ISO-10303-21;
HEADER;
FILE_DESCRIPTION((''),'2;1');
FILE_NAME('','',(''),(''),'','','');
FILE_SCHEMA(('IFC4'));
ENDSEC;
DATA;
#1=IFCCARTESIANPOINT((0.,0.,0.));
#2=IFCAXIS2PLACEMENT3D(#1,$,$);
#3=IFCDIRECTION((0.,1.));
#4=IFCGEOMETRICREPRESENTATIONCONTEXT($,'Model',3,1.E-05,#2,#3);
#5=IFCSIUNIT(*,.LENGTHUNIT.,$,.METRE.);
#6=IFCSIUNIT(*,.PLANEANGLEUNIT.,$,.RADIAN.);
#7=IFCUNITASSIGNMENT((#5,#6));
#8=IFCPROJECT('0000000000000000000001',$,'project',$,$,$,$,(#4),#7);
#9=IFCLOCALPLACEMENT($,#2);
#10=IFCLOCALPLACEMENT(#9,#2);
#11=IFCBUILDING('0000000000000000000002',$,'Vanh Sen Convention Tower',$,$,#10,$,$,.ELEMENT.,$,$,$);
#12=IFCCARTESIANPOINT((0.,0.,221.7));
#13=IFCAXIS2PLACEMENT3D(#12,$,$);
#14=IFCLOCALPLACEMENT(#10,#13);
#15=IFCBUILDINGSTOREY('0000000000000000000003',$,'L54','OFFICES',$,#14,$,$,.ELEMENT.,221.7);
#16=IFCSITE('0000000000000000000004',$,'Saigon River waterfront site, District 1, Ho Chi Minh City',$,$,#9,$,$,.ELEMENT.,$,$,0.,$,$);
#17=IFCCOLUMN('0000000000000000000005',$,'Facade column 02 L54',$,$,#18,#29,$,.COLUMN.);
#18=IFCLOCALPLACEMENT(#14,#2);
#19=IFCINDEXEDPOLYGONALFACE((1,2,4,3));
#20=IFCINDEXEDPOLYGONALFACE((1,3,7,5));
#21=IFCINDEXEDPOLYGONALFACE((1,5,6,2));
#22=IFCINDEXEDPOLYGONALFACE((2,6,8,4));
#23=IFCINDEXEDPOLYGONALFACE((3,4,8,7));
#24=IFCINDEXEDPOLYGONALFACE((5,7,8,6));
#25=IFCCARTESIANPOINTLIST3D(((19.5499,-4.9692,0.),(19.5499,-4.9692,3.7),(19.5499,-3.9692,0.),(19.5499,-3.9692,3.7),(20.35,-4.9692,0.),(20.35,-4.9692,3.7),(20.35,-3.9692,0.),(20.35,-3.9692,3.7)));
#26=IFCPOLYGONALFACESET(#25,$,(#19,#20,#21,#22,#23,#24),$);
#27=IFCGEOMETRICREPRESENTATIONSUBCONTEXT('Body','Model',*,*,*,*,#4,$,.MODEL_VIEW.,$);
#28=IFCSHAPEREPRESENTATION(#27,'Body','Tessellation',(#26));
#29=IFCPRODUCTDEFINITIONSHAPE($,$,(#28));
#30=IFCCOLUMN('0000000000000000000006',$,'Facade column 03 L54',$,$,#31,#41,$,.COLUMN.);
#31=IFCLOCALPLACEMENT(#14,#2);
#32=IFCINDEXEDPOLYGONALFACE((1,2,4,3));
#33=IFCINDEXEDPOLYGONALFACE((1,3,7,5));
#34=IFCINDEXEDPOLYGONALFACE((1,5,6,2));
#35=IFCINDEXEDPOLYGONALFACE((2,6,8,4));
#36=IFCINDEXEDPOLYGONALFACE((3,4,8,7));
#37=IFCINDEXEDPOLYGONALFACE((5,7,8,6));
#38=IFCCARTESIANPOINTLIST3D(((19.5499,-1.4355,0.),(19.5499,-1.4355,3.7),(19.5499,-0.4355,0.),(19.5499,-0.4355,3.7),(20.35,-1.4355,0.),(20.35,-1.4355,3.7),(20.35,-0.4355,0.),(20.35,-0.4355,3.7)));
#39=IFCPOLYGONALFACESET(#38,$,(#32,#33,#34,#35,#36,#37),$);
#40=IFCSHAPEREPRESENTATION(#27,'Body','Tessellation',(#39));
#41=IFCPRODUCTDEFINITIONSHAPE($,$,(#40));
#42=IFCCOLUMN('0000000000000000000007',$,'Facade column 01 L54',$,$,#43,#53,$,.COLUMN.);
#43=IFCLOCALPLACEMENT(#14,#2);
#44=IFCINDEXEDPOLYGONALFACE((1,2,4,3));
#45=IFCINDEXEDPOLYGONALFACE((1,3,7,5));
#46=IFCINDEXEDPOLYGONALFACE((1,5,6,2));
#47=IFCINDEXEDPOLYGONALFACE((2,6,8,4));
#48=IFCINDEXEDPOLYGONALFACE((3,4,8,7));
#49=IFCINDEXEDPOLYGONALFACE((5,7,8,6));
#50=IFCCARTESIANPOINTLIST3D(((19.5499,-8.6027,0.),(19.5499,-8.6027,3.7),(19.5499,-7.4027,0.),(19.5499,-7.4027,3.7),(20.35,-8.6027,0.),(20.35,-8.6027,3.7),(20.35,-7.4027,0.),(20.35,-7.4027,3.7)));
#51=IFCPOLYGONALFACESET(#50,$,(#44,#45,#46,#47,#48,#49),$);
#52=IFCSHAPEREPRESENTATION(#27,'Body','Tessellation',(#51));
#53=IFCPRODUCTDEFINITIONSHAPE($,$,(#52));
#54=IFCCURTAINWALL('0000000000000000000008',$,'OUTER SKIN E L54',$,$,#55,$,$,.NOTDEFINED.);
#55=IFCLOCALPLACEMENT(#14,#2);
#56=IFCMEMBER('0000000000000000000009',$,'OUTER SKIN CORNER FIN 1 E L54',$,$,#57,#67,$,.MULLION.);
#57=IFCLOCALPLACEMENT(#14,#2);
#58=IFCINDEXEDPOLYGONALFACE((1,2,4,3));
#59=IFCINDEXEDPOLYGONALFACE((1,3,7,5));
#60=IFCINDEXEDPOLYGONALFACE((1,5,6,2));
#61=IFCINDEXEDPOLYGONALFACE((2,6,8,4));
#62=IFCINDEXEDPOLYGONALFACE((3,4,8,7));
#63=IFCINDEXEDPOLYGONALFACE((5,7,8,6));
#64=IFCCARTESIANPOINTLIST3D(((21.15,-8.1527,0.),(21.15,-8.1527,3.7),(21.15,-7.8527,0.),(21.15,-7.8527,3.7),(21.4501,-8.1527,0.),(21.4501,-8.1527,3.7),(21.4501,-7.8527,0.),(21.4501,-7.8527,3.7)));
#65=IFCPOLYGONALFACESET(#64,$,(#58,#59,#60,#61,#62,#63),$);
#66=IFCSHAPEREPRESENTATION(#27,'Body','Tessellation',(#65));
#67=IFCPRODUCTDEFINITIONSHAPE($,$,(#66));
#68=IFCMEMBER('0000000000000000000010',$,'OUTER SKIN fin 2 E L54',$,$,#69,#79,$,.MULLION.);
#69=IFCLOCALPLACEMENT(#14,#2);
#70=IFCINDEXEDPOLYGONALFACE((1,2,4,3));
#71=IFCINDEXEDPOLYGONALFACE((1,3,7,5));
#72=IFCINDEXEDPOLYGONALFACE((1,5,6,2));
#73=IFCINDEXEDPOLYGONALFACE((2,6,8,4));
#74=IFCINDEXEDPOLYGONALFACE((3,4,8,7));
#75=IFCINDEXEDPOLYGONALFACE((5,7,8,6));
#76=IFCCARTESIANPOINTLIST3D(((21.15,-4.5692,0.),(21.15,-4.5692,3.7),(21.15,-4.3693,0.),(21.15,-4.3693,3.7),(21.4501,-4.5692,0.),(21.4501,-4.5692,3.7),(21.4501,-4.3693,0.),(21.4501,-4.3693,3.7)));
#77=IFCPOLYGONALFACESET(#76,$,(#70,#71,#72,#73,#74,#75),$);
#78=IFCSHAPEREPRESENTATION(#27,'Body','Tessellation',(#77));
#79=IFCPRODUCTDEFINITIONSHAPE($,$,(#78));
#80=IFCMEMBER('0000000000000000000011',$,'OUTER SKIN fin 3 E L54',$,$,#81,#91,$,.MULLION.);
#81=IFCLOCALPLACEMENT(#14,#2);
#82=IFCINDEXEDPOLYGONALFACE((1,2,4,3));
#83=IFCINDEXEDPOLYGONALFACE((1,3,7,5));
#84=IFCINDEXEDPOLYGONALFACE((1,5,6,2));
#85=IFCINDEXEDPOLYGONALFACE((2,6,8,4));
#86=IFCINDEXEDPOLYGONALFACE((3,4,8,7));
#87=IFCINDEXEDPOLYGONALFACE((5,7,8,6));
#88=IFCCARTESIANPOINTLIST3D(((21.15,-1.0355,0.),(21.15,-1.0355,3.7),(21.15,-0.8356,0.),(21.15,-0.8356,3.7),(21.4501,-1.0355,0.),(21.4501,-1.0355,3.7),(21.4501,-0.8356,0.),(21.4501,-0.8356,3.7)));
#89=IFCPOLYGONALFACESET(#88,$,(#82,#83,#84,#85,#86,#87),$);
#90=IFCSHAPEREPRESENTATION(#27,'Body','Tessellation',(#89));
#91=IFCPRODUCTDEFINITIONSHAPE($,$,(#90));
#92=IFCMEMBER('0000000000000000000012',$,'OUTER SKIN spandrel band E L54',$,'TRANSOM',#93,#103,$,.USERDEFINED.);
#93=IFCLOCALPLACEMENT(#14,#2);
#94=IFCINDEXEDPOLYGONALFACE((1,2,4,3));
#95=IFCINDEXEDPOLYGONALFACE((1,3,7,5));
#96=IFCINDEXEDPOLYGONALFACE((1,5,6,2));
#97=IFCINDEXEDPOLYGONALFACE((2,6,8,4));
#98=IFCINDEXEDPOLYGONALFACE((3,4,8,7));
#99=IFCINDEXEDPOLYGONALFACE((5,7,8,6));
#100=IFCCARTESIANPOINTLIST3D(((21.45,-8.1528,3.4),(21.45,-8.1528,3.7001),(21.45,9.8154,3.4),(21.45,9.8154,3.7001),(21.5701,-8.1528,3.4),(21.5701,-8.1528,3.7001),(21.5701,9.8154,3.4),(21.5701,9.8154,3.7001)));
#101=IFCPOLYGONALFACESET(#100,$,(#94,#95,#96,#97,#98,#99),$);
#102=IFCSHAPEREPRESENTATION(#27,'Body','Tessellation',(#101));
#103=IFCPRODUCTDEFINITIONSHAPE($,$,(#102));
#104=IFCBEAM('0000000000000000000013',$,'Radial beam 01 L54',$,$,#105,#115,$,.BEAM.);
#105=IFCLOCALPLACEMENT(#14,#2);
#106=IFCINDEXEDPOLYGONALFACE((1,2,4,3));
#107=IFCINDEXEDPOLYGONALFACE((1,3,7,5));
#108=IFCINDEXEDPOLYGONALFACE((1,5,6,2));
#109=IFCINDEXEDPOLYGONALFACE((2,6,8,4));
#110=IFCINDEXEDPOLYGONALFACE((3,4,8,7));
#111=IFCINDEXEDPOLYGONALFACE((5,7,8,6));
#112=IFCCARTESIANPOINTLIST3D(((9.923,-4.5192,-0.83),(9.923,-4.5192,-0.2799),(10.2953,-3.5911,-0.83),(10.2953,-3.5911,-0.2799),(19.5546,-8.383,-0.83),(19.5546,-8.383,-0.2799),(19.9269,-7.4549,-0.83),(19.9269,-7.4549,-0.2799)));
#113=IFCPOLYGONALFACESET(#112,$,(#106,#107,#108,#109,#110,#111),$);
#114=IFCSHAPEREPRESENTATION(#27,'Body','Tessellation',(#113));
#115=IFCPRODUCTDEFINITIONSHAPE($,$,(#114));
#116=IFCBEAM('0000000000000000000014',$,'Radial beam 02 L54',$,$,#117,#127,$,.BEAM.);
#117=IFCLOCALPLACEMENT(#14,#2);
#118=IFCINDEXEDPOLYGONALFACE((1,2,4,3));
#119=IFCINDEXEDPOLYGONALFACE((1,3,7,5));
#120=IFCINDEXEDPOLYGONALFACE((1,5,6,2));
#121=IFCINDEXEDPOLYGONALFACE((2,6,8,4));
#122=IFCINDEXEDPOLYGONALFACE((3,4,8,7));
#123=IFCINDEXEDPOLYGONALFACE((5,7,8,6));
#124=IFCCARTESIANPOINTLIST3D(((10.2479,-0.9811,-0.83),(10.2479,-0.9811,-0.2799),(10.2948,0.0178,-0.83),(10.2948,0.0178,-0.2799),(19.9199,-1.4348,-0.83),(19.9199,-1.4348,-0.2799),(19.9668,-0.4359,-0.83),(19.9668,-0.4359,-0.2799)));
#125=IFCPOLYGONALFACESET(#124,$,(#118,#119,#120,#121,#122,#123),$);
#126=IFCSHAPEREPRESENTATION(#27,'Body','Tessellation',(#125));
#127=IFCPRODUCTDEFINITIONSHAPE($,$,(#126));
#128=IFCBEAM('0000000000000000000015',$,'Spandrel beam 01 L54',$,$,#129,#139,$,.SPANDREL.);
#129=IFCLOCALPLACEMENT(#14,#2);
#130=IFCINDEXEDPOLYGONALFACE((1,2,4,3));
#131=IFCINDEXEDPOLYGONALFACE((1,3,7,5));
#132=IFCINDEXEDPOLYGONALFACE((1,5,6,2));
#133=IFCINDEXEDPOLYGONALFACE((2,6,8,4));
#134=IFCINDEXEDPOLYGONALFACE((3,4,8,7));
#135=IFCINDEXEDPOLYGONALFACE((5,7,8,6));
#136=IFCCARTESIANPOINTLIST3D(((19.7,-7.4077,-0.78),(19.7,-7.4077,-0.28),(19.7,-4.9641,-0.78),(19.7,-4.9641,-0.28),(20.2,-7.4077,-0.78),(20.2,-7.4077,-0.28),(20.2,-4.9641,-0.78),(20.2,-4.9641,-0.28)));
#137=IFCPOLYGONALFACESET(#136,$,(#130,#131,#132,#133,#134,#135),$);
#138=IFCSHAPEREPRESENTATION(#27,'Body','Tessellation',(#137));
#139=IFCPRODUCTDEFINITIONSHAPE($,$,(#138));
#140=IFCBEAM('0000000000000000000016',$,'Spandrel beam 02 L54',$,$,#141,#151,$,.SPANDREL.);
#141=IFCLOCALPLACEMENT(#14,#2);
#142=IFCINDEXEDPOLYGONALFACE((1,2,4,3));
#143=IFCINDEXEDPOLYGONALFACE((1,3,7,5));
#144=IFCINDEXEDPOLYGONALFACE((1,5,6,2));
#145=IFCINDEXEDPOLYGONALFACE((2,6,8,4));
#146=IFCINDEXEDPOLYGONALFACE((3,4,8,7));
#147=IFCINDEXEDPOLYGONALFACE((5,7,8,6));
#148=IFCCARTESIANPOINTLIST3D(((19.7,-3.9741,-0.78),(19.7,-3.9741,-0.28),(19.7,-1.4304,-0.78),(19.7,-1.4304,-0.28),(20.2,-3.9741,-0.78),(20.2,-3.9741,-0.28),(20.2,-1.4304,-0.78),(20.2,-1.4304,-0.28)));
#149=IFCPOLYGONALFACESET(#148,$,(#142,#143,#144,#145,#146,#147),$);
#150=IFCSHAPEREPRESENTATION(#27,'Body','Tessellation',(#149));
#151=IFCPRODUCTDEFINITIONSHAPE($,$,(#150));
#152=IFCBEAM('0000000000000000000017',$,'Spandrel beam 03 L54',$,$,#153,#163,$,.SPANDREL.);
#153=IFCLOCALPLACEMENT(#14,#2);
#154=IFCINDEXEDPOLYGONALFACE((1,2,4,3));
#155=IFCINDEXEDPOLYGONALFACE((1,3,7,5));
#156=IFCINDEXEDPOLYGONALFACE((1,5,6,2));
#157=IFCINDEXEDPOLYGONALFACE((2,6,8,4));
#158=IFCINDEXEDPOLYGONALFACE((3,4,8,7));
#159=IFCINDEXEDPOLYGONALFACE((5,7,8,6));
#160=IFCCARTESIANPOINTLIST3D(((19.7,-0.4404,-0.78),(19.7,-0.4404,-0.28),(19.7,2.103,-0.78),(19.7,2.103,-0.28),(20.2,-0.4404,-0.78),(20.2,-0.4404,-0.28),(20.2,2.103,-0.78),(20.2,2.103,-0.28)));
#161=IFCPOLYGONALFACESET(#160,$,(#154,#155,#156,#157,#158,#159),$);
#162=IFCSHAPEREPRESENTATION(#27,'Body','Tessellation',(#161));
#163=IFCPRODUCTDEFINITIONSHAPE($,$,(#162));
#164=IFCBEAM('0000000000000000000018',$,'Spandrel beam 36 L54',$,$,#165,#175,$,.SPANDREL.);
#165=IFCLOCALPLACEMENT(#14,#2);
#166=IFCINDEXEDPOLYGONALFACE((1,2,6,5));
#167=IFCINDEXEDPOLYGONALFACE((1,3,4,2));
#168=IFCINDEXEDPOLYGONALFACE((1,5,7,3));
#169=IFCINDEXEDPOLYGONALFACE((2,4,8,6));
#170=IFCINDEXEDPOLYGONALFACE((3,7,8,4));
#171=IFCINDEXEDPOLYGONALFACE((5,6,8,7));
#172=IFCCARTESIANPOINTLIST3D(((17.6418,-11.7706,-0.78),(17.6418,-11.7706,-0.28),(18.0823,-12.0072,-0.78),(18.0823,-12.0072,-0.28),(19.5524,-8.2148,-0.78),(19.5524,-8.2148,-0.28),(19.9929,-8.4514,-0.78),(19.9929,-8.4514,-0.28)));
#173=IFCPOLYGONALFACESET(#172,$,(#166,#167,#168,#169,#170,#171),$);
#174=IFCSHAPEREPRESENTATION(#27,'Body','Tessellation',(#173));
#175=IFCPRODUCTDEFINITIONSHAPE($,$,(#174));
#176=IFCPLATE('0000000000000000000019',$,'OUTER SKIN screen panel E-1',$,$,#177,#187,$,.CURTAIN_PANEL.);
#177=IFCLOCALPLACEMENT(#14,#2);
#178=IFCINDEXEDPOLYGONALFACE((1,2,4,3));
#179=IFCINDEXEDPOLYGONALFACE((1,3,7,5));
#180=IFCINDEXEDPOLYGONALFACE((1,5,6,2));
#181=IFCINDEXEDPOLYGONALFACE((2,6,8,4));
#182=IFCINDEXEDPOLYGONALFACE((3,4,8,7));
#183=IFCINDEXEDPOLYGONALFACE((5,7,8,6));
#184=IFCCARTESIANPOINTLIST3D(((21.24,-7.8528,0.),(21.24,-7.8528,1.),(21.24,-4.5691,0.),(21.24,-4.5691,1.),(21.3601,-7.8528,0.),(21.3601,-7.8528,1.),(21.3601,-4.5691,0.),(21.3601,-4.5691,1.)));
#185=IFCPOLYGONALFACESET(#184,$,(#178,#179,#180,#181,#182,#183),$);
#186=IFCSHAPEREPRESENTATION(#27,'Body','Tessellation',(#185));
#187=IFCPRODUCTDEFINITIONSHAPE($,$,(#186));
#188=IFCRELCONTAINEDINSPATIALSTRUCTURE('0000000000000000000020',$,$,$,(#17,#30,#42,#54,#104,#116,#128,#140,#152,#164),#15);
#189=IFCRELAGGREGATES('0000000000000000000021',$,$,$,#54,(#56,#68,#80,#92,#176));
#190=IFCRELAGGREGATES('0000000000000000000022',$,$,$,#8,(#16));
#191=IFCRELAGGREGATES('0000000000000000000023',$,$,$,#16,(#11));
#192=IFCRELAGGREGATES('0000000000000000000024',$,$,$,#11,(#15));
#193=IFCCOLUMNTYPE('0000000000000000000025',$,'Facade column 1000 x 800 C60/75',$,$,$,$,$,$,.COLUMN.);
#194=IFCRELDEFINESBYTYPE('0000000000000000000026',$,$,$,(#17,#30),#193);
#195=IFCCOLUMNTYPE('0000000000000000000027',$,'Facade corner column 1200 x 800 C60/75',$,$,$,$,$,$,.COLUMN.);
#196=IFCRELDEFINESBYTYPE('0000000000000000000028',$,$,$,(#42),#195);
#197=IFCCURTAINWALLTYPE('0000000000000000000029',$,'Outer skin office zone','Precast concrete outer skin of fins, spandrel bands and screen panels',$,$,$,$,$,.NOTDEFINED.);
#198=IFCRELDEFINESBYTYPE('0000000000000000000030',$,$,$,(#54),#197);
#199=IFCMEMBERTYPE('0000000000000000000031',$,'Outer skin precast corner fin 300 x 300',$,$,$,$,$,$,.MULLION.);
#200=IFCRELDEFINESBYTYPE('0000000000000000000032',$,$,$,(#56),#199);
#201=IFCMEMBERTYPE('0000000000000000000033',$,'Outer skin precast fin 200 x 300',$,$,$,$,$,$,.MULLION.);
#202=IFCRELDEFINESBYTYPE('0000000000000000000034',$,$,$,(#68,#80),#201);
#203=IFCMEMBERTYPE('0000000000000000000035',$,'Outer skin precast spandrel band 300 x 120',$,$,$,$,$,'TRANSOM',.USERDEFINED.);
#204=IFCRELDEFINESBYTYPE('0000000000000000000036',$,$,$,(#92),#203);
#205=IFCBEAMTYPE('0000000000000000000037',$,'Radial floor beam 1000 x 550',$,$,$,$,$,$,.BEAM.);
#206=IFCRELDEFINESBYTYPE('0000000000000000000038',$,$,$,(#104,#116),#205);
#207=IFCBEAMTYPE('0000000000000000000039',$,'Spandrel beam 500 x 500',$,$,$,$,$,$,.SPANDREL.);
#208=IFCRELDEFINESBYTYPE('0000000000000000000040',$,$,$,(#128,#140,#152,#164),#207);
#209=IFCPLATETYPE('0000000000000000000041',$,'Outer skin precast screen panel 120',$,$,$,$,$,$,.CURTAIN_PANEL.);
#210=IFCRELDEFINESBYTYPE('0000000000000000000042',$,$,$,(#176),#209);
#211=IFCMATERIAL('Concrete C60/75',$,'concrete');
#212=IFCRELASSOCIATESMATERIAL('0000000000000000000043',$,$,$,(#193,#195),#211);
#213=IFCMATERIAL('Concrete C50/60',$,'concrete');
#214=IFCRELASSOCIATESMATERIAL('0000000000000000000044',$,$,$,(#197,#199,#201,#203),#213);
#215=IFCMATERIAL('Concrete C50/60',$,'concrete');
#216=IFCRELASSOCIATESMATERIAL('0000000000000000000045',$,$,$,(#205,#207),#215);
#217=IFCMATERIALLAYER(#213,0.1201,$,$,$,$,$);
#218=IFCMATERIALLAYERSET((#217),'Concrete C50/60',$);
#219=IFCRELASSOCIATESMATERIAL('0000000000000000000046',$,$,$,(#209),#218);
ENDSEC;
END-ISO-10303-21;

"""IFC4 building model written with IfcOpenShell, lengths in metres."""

from ifc_helpers import new_model, si_unit, direction, frame, origin, origin_2d, place, context, subcontext, project, spatial, rectangle, extrude, material, layer, layer_set, material_profile, profile_set, type_object, element, aggregate, save


model = new_model("IFC4")

# Units and contexts
model_context = context("Model", 3, precision=1e-05, world=origin(), true_north=direction((0.0, 1.0)))
body_context = subcontext(model_context, "Body", "Model", "MODEL_VIEW")
ifc_project = project(units=[si_unit("LENGTHUNIT", "METRE"), si_unit("PLANEANGLEUNIT", "RADIAN")], contexts=[model_context])

# Site, building, storey
site_placement = place(None, origin())
site = spatial("IfcSite", under=ifc_project, at=site_placement, Name="Saigon River waterfront site, District 1, Ho Chi Minh City", CompositionType="ELEMENT", RefElevation=0.0)
building_placement = place(site_placement, origin())
building = spatial("IfcBuilding", under=site, at=building_placement, Name="Vanh Sen Convention Tower", CompositionType="ELEMENT")
storey_placement = place(building_placement, frame((0.0, 0.0, 221.7)))
storey = spatial("IfcBuildingStorey", under=building, at=storey_placement, Name="L54", Description="OFFICES", CompositionType="ELEMENT", Elevation=221.7)

# Columns
ifc_material_1 = material(Name="Concrete C60/75", Category="concrete")
ifc_material_profile_1 = material_profile(ifc_material_1, rectangle(XDim=1.0, YDim=0.8, at=origin_2d()), Name="RC 1000X800")
ifc_profile_set_1 = profile_set([ifc_material_profile_1], Name="Concrete C60/75")
column_type_1 = type_object("IfcColumnType", Name="Facade column 1000 x 800 C60/75", PredefinedType="COLUMN", material=ifc_profile_set_1)
for number, where, z_axis, x_axis, name in (
    (1, (19.95, -4.4692, 0.0), (0.0, 0.0, 1.0), (0.0, 1.0, 0.0), "Facade column 02 L54"),
    (2, (19.95, -0.9355, 0.0), (0.0, 0.0, 1.0), (0.0, 1.0, 0.0), "Facade column 03 L54"),
):
    element("IfcColumn", number, at=place(storey_placement, frame(where, z_axis=z_axis, x_axis=x_axis)), inside=storey, type_object=column_type_1, Name=name, PredefinedType="COLUMN", context=body_context, shape_type="SweptSolid", body=[
        extrude(rectangle(XDim=1.0, YDim=0.8, at=origin_2d()), origin(), (0.0, 0.0, 1.0), 3.7),
    ])
ifc_material_profile_2 = material_profile(ifc_material_1, rectangle(XDim=1.2, YDim=0.8, at=origin_2d()), Name="RC 1200X800")
ifc_profile_set_2 = profile_set([ifc_material_profile_2], Name="Concrete C60/75")
column_type_2 = type_object("IfcColumnType", Name="Facade corner column 1200 x 800 C60/75", PredefinedType="COLUMN", material=ifc_profile_set_2)
column_placement = place(storey_placement, frame((19.95, -8.0027, 0.0), z_axis=(0.0, 0.0, 1.0), x_axis=(0.0, 1.0, 0.0)))
element("IfcColumn", 3, at=column_placement, inside=storey, type_object=column_type_2, Name="Facade column 01 L54", PredefinedType="COLUMN", context=body_context, shape_type="SweptSolid", body=[
    extrude(rectangle(XDim=1.2, YDim=0.8, at=origin_2d()), origin(), (0.0, 0.0, 1.0), 3.7),
])

# Curtain wall, members
ifc_material_2 = material(Name="Concrete C50/60", Category="concrete")
curtain_wall_type = type_object("IfcCurtainWallType", Name="Outer skin office zone", Description="Precast concrete outer skin of fins, spandrel bands and screen panels", PredefinedType="NOTDEFINED", material=ifc_material_2)
curtain_wall_1_placement = place(storey_placement, origin())
curtain_wall_1 = element("IfcCurtainWall", 4, at=curtain_wall_1_placement, inside=storey, type_object=curtain_wall_type, Name="OUTER SKIN E L54", PredefinedType="NOTDEFINED")
ifc_material_profile_3 = material_profile(ifc_material_2, rectangle(XDim=0.3, YDim=0.3, at=origin_2d()), Name="Outer skin precast corner fin 300 x 300")
ifc_profile_set_3 = profile_set([ifc_material_profile_3], Name="Concrete C50/60")
member_type_1 = type_object("IfcMemberType", Name="Outer skin precast corner fin 300 x 300", PredefinedType="MULLION", material=ifc_profile_set_3)
member_1_placement = place(storey_placement, frame((21.3, -8.0027, 0.0), z_axis=(0.0, 0.0, 1.0), x_axis=(0.0, 1.0, 0.0)))
member_1 = element("IfcMember", 5, at=member_1_placement, type_object=member_type_1, Name="OUTER SKIN CORNER FIN 1 E L54", PredefinedType="MULLION", context=body_context, shape_type="SweptSolid", body=[
    extrude(rectangle(XDim=0.3, YDim=0.3, at=origin_2d()), origin(), (0.0, 0.0, 1.0), 3.7),
])
ifc_material_profile_4 = material_profile(ifc_material_2, rectangle(XDim=0.2, YDim=0.3, at=origin_2d()), Name="Outer skin precast fin 200 x 300")
ifc_profile_set_4 = profile_set([ifc_material_profile_4], Name="Concrete C50/60")
member_type_2 = type_object("IfcMemberType", Name="Outer skin precast fin 200 x 300", PredefinedType="MULLION", material=ifc_profile_set_4)
member_2_placement = place(storey_placement, frame((21.3, -4.4692, 0.0), z_axis=(0.0, 0.0, 1.0), x_axis=(0.0, 1.0, 0.0)))
member_2 = element("IfcMember", 6, at=member_2_placement, type_object=member_type_2, Name="OUTER SKIN fin 2 E L54", PredefinedType="MULLION", context=body_context, shape_type="SweptSolid", body=[
    extrude(rectangle(XDim=0.2, YDim=0.3, at=origin_2d()), origin(), (0.0, 0.0, 1.0), 3.7),
])
member_3_placement = place(storey_placement, frame((21.3, -0.9355, 0.0), z_axis=(0.0, 0.0, 1.0), x_axis=(0.0, 1.0, 0.0)))
member_3 = element("IfcMember", 7, at=member_3_placement, type_object=member_type_2, Name="OUTER SKIN fin 3 E L54", PredefinedType="MULLION", context=body_context, shape_type="SweptSolid", body=[
    extrude(rectangle(XDim=0.2, YDim=0.3, at=origin_2d()), origin(), (0.0, 0.0, 1.0), 3.7),
])
ifc_material_profile_5 = material_profile(ifc_material_2, rectangle(XDim=0.1201, YDim=0.3, at=origin_2d()), Name="Outer skin precast spandrel band 300 x 120")
ifc_profile_set_5 = profile_set([ifc_material_profile_5], Name="Concrete C50/60")
member_type_3 = type_object("IfcMemberType", Name="Outer skin precast spandrel band 300 x 120", ElementType="TRANSOM", PredefinedType="USERDEFINED", material=ifc_profile_set_5)
member_4_placement = place(storey_placement, frame((21.51, -8.1528, 3.55), z_axis=(0.0, 1.0, 0.0), x_axis=(-1.0, 0.0, 0.0)))
member_4 = element("IfcMember", 8, at=member_4_placement, type_object=member_type_3, Name="OUTER SKIN spandrel band E L54", ObjectType="TRANSOM", PredefinedType="USERDEFINED", context=body_context, shape_type="SweptSolid", body=[
    extrude(rectangle(XDim=0.1201, YDim=0.3, at=origin_2d()), origin(), (0.0, 0.0, 1.0), 17.9683),
])

# Beams
ifc_material_3 = material(Name="Concrete C50/60", Category="concrete")
ifc_material_profile_6 = material_profile(ifc_material_3, rectangle(XDim=1.0, YDim=0.55, at=origin_2d()), Name="RC 1000X550")
ifc_profile_set_6 = profile_set([ifc_material_profile_6], Name="Concrete C50/60")
beam_type_1 = type_object("IfcBeamType", Name="Radial floor beam 1000 x 550", PredefinedType="BEAM", material=ifc_profile_set_6)
beam_1_placement = place(storey_placement, frame((19.7407, -7.9189, -0.5549), z_axis=(-0.928106, 0.372315, 0.0), x_axis=(-0.372315, -0.928106, 0.0)))
element("IfcBeam", 9, at=beam_1_placement, inside=storey, type_object=beam_type_1, Name="Radial beam 01 L54", PredefinedType="BEAM", context=body_context, shape_type="SweptSolid", body=[
    extrude(rectangle(XDim=1.0, YDim=0.55, at=origin_2d()), origin(), (0.0, 0.0, 1.0), 10.3777),
])
beam_2_placement = place(storey_placement, frame((19.9434, -0.9353, -0.5549), z_axis=(-0.998902, 0.046849, 0.0), x_axis=(-0.046849, -0.998902, 0.0)))
element("IfcBeam", 10, at=beam_2_placement, inside=storey, type_object=beam_type_1, Name="Radial beam 02 L54", PredefinedType="BEAM", context=body_context, shape_type="SweptSolid", body=[
    extrude(rectangle(XDim=1.0, YDim=0.55, at=origin_2d()), origin(), (0.0, 0.0, 1.0), 9.6826),
])
ifc_material_profile_7 = material_profile(ifc_material_3, rectangle(XDim=0.5, YDim=0.5, at=origin_2d()), Name="RC 500X500")
ifc_profile_set_7 = profile_set([ifc_material_profile_7], Name="Concrete C50/60")
beam_type_2 = type_object("IfcBeamType", Name="Spandrel beam 500 x 500", PredefinedType="SPANDREL", material=ifc_profile_set_7)
beam_3_placement = place(storey_placement, frame((19.95, -7.4077, -0.53), z_axis=(0.0, 1.0, 0.0), x_axis=(-1.0, 0.0, 0.0)))
element("IfcBeam", 11, at=beam_3_placement, inside=storey, type_object=beam_type_2, Name="Spandrel beam 01 L54", PredefinedType="SPANDREL", context=body_context, shape_type="SweptSolid", body=[
    extrude(rectangle(XDim=0.5, YDim=0.5, at=origin_2d()), origin(), (0.0, 0.0, 1.0), 2.4436),
])
beam_4_placement = place(storey_placement, frame((19.95, -3.9741, -0.53), z_axis=(0.0, 1.0, 0.0), x_axis=(-1.0, 0.0, 0.0)))
element("IfcBeam", 12, at=beam_4_placement, inside=storey, type_object=beam_type_2, Name="Spandrel beam 02 L54", PredefinedType="SPANDREL", context=body_context, shape_type="SweptSolid", body=[
    extrude(rectangle(XDim=0.5, YDim=0.5, at=origin_2d()), origin(), (0.0, 0.0, 1.0), 2.5437),
])
beam_5_placement = place(storey_placement, frame((19.95, -0.4404, -0.53), z_axis=(0.0, 1.0, 0.0), x_axis=(-1.0, 0.0, 0.0)))
element("IfcBeam", 13, at=beam_5_placement, inside=storey, type_object=beam_type_2, Name="Spandrel beam 03 L54", PredefinedType="SPANDREL", context=body_context, shape_type="SweptSolid", body=[
    extrude(rectangle(XDim=0.5, YDim=0.5, at=origin_2d()), origin(), (0.0, 0.0, 1.0), 2.5435),
])
beam_6_placement = place(storey_placement, frame((17.8621, -11.8889, -0.53), z_axis=(0.473317, 0.880892, 0.0), x_axis=(-0.880892, 0.473317, 0.0)))
element("IfcBeam", 14, at=beam_6_placement, inside=storey, type_object=beam_type_2, Name="Spandrel beam 36 L54", PredefinedType="SPANDREL", context=body_context, shape_type="SweptSolid", body=[
    extrude(rectangle(XDim=0.5, YDim=0.5, at=origin_2d()), origin(), (0.0, 0.0, 1.0), 4.0366),
])

# Plate
ifc_layer_1 = layer(ifc_material_2, 0.1201)
ifc_layer_set_1 = layer_set([ifc_layer_1], Name="Concrete C50/60")
plate_type = type_object("IfcPlateType", Name="Outer skin precast screen panel 120", PredefinedType="CURTAIN_PANEL", material=ifc_layer_set_1)
plate_1_placement = place(storey_placement, frame((21.3, -6.2109, 0.0), z_axis=(0.0, 0.0, 1.0), x_axis=(0.0, 1.0, 0.0)))
plate_1 = element("IfcPlate", 15, at=plate_1_placement, type_object=plate_type, Name="OUTER SKIN screen panel E-1", PredefinedType="CURTAIN_PANEL", context=body_context, shape_type="SweptSolid", body=[
    extrude(rectangle(XDim=3.2837, YDim=0.1201, at=origin_2d()), origin(), (0.0, 0.0, 1.0), 1.0),
])
aggregate(curtain_wall_1, [member_1, member_2, member_3, member_4, plate_1])

save(model, "model.ifc")
